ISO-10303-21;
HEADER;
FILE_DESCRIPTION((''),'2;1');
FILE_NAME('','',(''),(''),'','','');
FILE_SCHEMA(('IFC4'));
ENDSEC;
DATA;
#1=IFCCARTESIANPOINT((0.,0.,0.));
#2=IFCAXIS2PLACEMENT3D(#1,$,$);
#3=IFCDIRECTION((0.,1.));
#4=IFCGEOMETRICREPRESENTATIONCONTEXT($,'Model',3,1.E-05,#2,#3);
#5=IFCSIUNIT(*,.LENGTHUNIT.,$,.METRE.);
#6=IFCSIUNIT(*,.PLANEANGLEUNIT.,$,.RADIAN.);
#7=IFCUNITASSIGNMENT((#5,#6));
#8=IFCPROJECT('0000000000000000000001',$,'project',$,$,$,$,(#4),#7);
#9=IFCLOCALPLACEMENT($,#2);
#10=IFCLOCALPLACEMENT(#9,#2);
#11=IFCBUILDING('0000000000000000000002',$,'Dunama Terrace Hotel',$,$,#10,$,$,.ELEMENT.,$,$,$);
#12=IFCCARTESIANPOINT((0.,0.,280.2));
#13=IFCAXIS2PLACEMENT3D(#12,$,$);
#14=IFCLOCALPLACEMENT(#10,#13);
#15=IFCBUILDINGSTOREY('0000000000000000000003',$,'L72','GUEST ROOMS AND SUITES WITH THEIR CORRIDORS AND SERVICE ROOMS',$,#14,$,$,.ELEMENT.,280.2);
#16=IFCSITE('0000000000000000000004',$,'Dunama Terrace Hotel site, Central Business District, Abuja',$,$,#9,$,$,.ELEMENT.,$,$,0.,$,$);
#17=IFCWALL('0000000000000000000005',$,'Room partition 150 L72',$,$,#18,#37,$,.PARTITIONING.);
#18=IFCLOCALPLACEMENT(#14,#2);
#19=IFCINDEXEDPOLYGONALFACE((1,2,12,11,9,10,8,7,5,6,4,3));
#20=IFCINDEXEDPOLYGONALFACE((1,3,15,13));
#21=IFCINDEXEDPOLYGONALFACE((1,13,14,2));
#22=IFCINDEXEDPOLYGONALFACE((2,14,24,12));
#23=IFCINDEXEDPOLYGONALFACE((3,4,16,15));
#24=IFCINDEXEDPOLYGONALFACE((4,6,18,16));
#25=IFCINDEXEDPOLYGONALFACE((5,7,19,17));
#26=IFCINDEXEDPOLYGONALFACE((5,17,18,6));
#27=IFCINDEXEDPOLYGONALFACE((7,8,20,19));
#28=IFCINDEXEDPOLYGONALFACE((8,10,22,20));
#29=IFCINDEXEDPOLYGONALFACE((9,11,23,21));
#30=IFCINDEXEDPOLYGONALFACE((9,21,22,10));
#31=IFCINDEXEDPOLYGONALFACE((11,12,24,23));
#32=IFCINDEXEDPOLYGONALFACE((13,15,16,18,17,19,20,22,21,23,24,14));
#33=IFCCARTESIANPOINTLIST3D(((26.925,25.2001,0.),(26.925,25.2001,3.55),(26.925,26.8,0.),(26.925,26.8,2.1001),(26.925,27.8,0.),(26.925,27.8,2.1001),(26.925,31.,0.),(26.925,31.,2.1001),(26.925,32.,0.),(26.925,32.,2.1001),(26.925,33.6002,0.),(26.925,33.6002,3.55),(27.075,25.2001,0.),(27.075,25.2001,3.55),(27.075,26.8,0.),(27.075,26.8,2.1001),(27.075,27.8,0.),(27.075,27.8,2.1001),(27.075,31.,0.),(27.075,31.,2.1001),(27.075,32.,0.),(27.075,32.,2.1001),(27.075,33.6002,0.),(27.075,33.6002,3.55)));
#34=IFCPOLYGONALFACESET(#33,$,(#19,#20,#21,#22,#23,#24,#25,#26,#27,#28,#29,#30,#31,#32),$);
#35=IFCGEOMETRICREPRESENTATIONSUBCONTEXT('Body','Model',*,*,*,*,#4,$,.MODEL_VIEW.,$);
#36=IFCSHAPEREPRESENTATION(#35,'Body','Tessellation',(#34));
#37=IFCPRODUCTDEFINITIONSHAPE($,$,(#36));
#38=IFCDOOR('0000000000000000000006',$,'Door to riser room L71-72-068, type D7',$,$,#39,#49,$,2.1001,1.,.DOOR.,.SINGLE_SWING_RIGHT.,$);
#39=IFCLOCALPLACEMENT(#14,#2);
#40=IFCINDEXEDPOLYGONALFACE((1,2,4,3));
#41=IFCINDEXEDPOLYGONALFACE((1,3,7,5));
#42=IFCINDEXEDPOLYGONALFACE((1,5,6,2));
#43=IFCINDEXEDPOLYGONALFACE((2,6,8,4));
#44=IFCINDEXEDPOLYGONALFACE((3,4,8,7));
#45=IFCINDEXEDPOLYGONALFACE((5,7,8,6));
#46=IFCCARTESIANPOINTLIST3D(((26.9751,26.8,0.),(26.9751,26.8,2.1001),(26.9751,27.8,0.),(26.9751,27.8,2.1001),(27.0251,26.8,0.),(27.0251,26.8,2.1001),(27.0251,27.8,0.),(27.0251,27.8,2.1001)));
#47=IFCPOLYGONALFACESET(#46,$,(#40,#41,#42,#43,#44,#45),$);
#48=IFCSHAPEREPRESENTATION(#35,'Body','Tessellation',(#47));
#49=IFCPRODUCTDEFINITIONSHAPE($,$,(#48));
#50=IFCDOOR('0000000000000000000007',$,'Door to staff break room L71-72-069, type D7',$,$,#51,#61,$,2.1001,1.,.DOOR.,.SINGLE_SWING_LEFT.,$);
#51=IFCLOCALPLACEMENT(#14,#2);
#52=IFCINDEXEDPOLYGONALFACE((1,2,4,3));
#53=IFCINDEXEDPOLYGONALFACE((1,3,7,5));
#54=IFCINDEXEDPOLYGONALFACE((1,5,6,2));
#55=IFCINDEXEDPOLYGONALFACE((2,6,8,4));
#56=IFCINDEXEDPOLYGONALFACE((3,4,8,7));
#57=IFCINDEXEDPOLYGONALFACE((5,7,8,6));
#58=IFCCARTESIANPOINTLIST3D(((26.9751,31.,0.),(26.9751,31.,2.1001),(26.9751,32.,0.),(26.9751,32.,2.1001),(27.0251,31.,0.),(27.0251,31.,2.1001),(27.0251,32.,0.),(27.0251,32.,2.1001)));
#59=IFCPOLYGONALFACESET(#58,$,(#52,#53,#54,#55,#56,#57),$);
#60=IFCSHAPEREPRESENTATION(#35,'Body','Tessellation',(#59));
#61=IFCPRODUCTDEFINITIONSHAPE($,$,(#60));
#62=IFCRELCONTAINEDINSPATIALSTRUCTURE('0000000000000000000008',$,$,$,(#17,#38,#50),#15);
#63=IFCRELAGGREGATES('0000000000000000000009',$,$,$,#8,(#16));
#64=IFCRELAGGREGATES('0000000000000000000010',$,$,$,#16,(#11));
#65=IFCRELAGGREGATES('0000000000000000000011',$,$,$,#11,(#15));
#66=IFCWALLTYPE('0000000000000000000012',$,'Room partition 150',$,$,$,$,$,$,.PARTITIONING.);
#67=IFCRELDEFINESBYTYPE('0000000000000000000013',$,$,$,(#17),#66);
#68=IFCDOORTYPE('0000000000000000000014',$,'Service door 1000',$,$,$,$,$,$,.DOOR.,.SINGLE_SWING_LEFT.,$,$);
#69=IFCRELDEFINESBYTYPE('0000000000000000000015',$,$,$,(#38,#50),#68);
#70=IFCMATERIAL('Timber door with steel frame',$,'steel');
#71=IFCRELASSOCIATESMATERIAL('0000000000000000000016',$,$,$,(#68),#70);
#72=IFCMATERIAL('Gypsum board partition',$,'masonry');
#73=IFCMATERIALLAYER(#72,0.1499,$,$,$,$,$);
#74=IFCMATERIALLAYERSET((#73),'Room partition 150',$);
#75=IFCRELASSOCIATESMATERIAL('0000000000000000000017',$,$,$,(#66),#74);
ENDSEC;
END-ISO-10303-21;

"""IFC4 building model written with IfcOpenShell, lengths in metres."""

from ifc_helpers import new_model, si_unit, direction, frame, frame_2d, origin, place, context, subcontext, project, spatial, rectangle, extrude, material, layer, layer_set, type_object, element, fill, save


model = new_model("IFC4")

# Units and contexts
model_context = context("Model", 3, precision=1e-05, world=origin(), true_north=direction((0.0, 1.0)))
body_context = subcontext(model_context, "Body", "Model", "MODEL_VIEW")
ifc_project = project(units=[si_unit("LENGTHUNIT", "METRE"), si_unit("PLANEANGLEUNIT", "RADIAN")], contexts=[model_context])

# Site, building, storey
site_placement = place(None, origin())
site = spatial("IfcSite", under=ifc_project, at=site_placement, Name="Dunama Terrace Hotel site, Central Business District, Abuja", CompositionType="ELEMENT", RefElevation=0.0)
building_placement = place(site_placement, origin())
building = spatial("IfcBuilding", under=site, at=building_placement, Name="Dunama Terrace Hotel", CompositionType="ELEMENT")
storey_placement = place(building_placement, frame((0.0, 0.0, 280.2)))
storey = spatial("IfcBuildingStorey", under=building, at=storey_placement, Name="L72", Description="GUEST ROOMS AND SUITES WITH THEIR CORRIDORS AND SERVICE ROOMS", CompositionType="ELEMENT", Elevation=280.2)

# Shared definitions
ifc_material_1 = material(Name="Timber door with steel frame", Category="steel")
door_type_1 = type_object("IfcDoorType", Name="Service door 1000", OperationType="SINGLE_SWING_LEFT", PredefinedType="DOOR", material=ifc_material_1)

# Shared definitions
ifc_material_2 = material(Name="Gypsum board partition", Category="masonry")
ifc_layer_1 = layer(ifc_material_2, 0.1499)
ifc_layer_set_1 = layer_set([ifc_layer_1], Name="Room partition 150")
wall_type_1 = type_object("IfcWallType", Name="Room partition 150", PredefinedType="PARTITIONING", material=ifc_layer_set_1)

# Wall, openings, doors
wall_1_placement = place(storey_placement, frame((27.0, 25.2, 0.0), z_axis=(0.0, 0.0, 1.0), x_axis=(0.0, 1.0, 0.0)))
wall_1 = element("IfcWall", 1, at=wall_1_placement, inside=storey, type_object=wall_type_1, Name="Room partition 150 L72", PredefinedType="PARTITIONING", context=body_context, shape_type="SweptSolid", body=[
    extrude(rectangle(XDim=8.4001, YDim=0.1499, at=frame_2d((4.2002, 0.0))), origin(), (0.0, 0.0, 1.0), 3.55),
])
opening_1_placement = place(wall_1_placement, frame((1.6001, 0.0, 0.0)))
opening_1 = element("IfcOpeningElement", 2, at=opening_1_placement, cuts=wall_1, PredefinedType="OPENING", context=body_context, shape_type="SweptSolid", body=[
    extrude(rectangle(XDim=1.0, YDim=2.1001, at=frame_2d((0.5, 1.05))), frame((0.0, 0.085, 0.0), z_axis=(0.0, -1.0, 0.0), x_axis=(1.0, 0.0, 0.0)), (0.0, 0.0, 1.0), 0.1699),
])
opening_2_placement = place(wall_1_placement, frame((5.8, 0.0, 0.0)))
opening_2 = element("IfcOpeningElement", 3, at=opening_2_placement, cuts=wall_1, PredefinedType="OPENING", context=body_context, shape_type="SweptSolid", body=[
    extrude(rectangle(XDim=1.0, YDim=2.1001, at=frame_2d((0.5, 1.05))), frame((0.0, 0.085, 0.0), z_axis=(0.0, -1.0, 0.0), x_axis=(1.0, 0.0, 0.0)), (0.0, 0.0, 1.0), 0.1699),
])
door_1_placement = place(opening_1_placement, frame((1.0, 0.0, 0.0), z_axis=(0.0, 0.0, 1.0), x_axis=(-1.0, 0.0, 0.0)))
door_1 = element("IfcDoor", 4, at=door_1_placement, inside=storey, type_object=door_type_1, Name="Door to riser room L71-72-068, type D7", OperationType="SINGLE_SWING_RIGHT", OverallHeight=2.1001, OverallWidth=1.0, PredefinedType="DOOR", context=body_context, shape_type="SweptSolid", body=[
    extrude(rectangle(XDim=1.0, YDim=2.1001, at=frame_2d((0.5, 1.05))), frame((0.0, 0.0251, 0.0), z_axis=(0.0, -1.0, 0.0), x_axis=(1.0, 0.0, 0.0)), (0.0, 0.0, 1.0), 0.05),
])
fill(opening_1, door_1)
door_2_placement = place(opening_2_placement, frame((1.0, 0.0, 0.0), z_axis=(0.0, 0.0, 1.0), x_axis=(-1.0, 0.0, 0.0)))
door_2 = element("IfcDoor", 5, at=door_2_placement, inside=storey, type_object=door_type_1, Name="Door to staff break room L71-72-069, type D7", OperationType="SINGLE_SWING_LEFT", OverallHeight=2.1001, OverallWidth=1.0, PredefinedType="DOOR", context=body_context, shape_type="SweptSolid", body=[
    extrude(rectangle(XDim=1.0, YDim=2.1001, at=frame_2d((0.5, 1.05))), frame((0.0, 0.0251, 0.0), z_axis=(0.0, -1.0, 0.0), x_axis=(1.0, 0.0, 0.0)), (0.0, 0.0, 1.0), 0.05),
])
fill(opening_2, door_2)

save(model, "model.ifc")
